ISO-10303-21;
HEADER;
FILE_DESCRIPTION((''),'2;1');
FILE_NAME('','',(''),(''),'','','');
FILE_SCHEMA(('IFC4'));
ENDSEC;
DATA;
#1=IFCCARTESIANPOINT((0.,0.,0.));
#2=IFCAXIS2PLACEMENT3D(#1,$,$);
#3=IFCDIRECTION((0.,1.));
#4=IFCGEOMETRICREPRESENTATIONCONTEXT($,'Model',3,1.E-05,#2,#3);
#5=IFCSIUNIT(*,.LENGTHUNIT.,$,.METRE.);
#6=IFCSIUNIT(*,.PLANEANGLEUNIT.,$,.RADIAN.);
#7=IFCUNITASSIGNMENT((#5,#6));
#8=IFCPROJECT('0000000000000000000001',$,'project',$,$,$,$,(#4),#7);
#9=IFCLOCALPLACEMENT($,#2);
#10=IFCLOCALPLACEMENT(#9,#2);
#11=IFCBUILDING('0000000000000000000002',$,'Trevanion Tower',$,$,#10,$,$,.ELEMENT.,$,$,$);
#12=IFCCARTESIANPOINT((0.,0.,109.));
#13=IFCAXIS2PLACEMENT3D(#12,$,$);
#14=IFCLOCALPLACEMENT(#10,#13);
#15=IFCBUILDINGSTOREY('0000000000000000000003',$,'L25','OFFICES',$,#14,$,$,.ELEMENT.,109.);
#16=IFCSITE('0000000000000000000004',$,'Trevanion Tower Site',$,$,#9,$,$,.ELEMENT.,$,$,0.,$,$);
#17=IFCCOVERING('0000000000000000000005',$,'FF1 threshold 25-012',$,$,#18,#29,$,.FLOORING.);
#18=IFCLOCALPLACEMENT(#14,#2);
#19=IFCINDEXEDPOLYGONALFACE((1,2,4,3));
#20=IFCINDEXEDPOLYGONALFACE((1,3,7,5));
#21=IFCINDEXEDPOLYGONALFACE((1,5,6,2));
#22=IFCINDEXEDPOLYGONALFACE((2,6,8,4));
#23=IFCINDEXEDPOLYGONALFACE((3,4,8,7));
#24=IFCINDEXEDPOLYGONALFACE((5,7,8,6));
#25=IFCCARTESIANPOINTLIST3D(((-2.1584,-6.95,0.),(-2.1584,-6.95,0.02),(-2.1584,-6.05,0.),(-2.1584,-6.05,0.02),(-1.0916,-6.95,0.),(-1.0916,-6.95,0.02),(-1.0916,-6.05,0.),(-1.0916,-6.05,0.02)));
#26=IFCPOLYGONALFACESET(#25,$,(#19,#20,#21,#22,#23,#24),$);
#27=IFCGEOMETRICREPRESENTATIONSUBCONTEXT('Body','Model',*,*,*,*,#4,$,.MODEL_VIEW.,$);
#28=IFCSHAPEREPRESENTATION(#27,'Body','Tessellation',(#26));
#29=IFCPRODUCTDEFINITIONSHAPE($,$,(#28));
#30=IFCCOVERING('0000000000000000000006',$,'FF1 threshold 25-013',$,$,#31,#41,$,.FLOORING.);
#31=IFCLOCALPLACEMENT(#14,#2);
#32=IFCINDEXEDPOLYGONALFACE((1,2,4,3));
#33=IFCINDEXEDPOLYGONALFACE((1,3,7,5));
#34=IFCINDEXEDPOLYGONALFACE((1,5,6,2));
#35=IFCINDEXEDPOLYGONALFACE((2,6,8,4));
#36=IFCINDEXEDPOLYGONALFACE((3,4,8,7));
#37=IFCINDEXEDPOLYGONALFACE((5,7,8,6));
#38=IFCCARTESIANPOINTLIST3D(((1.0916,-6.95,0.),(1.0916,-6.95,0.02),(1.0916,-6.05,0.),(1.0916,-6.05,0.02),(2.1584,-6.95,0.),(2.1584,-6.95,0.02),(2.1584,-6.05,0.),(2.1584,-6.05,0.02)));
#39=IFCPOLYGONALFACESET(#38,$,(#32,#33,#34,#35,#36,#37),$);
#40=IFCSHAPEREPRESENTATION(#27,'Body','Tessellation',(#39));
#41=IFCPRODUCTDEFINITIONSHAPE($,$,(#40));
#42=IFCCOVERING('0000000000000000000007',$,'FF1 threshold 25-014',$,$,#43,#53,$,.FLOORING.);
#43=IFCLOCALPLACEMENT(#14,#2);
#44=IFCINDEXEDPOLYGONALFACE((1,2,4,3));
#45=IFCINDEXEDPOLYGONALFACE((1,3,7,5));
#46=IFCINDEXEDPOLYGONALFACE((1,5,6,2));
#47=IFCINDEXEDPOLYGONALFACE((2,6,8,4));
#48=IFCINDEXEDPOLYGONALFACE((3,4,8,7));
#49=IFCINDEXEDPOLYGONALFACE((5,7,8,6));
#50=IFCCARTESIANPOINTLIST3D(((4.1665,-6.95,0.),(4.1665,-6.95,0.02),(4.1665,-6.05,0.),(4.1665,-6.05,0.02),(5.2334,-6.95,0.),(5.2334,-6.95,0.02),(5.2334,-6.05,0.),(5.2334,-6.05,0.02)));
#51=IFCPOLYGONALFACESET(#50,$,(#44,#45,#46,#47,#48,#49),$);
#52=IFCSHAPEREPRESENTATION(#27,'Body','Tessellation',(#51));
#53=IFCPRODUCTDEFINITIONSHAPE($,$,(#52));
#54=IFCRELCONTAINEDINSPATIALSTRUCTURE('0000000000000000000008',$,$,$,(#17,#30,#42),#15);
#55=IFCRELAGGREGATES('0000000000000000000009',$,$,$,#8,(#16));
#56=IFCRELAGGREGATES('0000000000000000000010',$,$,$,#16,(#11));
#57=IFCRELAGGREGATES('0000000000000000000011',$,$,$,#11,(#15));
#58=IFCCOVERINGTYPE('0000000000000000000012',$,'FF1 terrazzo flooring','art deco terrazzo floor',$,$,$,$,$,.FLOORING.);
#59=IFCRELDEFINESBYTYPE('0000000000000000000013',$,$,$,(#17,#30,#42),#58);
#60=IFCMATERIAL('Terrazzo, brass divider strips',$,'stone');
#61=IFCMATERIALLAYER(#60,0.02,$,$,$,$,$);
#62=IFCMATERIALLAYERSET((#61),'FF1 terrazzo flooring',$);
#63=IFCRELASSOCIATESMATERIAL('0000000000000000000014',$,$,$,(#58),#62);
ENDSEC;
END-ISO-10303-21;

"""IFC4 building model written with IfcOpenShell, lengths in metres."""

from ifc_helpers import new_model, si_unit, direction, frame, origin, place, context, subcontext, project, spatial, polyline, outline, extrude, material, layer, layer_set, type_object, element, save


model = new_model("IFC4")

# Units and contexts
model_context = context("Model", 3, precision=1e-05, world=origin(), true_north=direction((0.0, 1.0)))
body_context = subcontext(model_context, "Body", "Model", "MODEL_VIEW")
ifc_project = project(units=[si_unit("LENGTHUNIT", "METRE"), si_unit("PLANEANGLEUNIT", "RADIAN")], contexts=[model_context])

# Site, building, storey
site_placement = place(None, origin())
site = spatial("IfcSite", under=ifc_project, at=site_placement, Name="Trevanion Tower Site", CompositionType="ELEMENT", RefElevation=0.0)
building_placement = place(site_placement, origin())
building = spatial("IfcBuilding", under=site, at=building_placement, Name="Trevanion Tower", CompositionType="ELEMENT")
storey_placement = place(building_placement, frame((0.0, 0.0, 109.0)))
storey = spatial("IfcBuildingStorey", under=building, at=storey_placement, Name="L25", Description="OFFICES", CompositionType="ELEMENT", Elevation=109.0)

# Coverings
ifc_material_1 = material(Name="Terrazzo, brass divider strips", Category="stone")
ifc_layer_1 = layer(ifc_material_1, 0.02)
ifc_layer_set_1 = layer_set([ifc_layer_1], Name="FF1 terrazzo flooring")
covering_type = type_object("IfcCoveringType", Name="FF1 terrazzo flooring", Description="art deco terrazzo floor", PredefinedType="FLOORING", material=ifc_layer_set_1)
covering_1_placement = place(storey_placement, origin())
element("IfcCovering", 1, at=covering_1_placement, inside=storey, type_object=covering_type, Name="FF1 threshold 25-012", PredefinedType="FLOORING", context=body_context, shape_type="SweptSolid", body=[
    extrude(outline(polyline([(-2.1584, -6.95), (-1.0916, -6.95), (-1.0916, -6.05), (-2.1584, -6.05), (-2.1584, -6.95)])), origin(), (0.0, 0.0, 1.0), 0.02),
])
covering_2_placement = place(storey_placement, origin())
element("IfcCovering", 2, at=covering_2_placement, inside=storey, type_object=covering_type, Name="FF1 threshold 25-013", PredefinedType="FLOORING", context=body_context, shape_type="SweptSolid", body=[
    extrude(outline(polyline([(1.0916, -6.95), (2.1584, -6.95), (2.1584, -6.05), (1.0916, -6.05), (1.0916, -6.95)])), origin(), (0.0, 0.0, 1.0), 0.02),
])
covering_3_placement = place(storey_placement, origin())
element("IfcCovering", 3, at=covering_3_placement, inside=storey, type_object=covering_type, Name="FF1 threshold 25-014", PredefinedType="FLOORING", context=body_context, shape_type="SweptSolid", body=[
    extrude(outline(polyline([(4.1665, -6.95), (5.2334, -6.95), (5.2334, -6.05), (4.1665, -6.05), (4.1665, -6.95)])), origin(), (0.0, 0.0, 1.0), 0.02),
])

save(model, "model.ifc")
